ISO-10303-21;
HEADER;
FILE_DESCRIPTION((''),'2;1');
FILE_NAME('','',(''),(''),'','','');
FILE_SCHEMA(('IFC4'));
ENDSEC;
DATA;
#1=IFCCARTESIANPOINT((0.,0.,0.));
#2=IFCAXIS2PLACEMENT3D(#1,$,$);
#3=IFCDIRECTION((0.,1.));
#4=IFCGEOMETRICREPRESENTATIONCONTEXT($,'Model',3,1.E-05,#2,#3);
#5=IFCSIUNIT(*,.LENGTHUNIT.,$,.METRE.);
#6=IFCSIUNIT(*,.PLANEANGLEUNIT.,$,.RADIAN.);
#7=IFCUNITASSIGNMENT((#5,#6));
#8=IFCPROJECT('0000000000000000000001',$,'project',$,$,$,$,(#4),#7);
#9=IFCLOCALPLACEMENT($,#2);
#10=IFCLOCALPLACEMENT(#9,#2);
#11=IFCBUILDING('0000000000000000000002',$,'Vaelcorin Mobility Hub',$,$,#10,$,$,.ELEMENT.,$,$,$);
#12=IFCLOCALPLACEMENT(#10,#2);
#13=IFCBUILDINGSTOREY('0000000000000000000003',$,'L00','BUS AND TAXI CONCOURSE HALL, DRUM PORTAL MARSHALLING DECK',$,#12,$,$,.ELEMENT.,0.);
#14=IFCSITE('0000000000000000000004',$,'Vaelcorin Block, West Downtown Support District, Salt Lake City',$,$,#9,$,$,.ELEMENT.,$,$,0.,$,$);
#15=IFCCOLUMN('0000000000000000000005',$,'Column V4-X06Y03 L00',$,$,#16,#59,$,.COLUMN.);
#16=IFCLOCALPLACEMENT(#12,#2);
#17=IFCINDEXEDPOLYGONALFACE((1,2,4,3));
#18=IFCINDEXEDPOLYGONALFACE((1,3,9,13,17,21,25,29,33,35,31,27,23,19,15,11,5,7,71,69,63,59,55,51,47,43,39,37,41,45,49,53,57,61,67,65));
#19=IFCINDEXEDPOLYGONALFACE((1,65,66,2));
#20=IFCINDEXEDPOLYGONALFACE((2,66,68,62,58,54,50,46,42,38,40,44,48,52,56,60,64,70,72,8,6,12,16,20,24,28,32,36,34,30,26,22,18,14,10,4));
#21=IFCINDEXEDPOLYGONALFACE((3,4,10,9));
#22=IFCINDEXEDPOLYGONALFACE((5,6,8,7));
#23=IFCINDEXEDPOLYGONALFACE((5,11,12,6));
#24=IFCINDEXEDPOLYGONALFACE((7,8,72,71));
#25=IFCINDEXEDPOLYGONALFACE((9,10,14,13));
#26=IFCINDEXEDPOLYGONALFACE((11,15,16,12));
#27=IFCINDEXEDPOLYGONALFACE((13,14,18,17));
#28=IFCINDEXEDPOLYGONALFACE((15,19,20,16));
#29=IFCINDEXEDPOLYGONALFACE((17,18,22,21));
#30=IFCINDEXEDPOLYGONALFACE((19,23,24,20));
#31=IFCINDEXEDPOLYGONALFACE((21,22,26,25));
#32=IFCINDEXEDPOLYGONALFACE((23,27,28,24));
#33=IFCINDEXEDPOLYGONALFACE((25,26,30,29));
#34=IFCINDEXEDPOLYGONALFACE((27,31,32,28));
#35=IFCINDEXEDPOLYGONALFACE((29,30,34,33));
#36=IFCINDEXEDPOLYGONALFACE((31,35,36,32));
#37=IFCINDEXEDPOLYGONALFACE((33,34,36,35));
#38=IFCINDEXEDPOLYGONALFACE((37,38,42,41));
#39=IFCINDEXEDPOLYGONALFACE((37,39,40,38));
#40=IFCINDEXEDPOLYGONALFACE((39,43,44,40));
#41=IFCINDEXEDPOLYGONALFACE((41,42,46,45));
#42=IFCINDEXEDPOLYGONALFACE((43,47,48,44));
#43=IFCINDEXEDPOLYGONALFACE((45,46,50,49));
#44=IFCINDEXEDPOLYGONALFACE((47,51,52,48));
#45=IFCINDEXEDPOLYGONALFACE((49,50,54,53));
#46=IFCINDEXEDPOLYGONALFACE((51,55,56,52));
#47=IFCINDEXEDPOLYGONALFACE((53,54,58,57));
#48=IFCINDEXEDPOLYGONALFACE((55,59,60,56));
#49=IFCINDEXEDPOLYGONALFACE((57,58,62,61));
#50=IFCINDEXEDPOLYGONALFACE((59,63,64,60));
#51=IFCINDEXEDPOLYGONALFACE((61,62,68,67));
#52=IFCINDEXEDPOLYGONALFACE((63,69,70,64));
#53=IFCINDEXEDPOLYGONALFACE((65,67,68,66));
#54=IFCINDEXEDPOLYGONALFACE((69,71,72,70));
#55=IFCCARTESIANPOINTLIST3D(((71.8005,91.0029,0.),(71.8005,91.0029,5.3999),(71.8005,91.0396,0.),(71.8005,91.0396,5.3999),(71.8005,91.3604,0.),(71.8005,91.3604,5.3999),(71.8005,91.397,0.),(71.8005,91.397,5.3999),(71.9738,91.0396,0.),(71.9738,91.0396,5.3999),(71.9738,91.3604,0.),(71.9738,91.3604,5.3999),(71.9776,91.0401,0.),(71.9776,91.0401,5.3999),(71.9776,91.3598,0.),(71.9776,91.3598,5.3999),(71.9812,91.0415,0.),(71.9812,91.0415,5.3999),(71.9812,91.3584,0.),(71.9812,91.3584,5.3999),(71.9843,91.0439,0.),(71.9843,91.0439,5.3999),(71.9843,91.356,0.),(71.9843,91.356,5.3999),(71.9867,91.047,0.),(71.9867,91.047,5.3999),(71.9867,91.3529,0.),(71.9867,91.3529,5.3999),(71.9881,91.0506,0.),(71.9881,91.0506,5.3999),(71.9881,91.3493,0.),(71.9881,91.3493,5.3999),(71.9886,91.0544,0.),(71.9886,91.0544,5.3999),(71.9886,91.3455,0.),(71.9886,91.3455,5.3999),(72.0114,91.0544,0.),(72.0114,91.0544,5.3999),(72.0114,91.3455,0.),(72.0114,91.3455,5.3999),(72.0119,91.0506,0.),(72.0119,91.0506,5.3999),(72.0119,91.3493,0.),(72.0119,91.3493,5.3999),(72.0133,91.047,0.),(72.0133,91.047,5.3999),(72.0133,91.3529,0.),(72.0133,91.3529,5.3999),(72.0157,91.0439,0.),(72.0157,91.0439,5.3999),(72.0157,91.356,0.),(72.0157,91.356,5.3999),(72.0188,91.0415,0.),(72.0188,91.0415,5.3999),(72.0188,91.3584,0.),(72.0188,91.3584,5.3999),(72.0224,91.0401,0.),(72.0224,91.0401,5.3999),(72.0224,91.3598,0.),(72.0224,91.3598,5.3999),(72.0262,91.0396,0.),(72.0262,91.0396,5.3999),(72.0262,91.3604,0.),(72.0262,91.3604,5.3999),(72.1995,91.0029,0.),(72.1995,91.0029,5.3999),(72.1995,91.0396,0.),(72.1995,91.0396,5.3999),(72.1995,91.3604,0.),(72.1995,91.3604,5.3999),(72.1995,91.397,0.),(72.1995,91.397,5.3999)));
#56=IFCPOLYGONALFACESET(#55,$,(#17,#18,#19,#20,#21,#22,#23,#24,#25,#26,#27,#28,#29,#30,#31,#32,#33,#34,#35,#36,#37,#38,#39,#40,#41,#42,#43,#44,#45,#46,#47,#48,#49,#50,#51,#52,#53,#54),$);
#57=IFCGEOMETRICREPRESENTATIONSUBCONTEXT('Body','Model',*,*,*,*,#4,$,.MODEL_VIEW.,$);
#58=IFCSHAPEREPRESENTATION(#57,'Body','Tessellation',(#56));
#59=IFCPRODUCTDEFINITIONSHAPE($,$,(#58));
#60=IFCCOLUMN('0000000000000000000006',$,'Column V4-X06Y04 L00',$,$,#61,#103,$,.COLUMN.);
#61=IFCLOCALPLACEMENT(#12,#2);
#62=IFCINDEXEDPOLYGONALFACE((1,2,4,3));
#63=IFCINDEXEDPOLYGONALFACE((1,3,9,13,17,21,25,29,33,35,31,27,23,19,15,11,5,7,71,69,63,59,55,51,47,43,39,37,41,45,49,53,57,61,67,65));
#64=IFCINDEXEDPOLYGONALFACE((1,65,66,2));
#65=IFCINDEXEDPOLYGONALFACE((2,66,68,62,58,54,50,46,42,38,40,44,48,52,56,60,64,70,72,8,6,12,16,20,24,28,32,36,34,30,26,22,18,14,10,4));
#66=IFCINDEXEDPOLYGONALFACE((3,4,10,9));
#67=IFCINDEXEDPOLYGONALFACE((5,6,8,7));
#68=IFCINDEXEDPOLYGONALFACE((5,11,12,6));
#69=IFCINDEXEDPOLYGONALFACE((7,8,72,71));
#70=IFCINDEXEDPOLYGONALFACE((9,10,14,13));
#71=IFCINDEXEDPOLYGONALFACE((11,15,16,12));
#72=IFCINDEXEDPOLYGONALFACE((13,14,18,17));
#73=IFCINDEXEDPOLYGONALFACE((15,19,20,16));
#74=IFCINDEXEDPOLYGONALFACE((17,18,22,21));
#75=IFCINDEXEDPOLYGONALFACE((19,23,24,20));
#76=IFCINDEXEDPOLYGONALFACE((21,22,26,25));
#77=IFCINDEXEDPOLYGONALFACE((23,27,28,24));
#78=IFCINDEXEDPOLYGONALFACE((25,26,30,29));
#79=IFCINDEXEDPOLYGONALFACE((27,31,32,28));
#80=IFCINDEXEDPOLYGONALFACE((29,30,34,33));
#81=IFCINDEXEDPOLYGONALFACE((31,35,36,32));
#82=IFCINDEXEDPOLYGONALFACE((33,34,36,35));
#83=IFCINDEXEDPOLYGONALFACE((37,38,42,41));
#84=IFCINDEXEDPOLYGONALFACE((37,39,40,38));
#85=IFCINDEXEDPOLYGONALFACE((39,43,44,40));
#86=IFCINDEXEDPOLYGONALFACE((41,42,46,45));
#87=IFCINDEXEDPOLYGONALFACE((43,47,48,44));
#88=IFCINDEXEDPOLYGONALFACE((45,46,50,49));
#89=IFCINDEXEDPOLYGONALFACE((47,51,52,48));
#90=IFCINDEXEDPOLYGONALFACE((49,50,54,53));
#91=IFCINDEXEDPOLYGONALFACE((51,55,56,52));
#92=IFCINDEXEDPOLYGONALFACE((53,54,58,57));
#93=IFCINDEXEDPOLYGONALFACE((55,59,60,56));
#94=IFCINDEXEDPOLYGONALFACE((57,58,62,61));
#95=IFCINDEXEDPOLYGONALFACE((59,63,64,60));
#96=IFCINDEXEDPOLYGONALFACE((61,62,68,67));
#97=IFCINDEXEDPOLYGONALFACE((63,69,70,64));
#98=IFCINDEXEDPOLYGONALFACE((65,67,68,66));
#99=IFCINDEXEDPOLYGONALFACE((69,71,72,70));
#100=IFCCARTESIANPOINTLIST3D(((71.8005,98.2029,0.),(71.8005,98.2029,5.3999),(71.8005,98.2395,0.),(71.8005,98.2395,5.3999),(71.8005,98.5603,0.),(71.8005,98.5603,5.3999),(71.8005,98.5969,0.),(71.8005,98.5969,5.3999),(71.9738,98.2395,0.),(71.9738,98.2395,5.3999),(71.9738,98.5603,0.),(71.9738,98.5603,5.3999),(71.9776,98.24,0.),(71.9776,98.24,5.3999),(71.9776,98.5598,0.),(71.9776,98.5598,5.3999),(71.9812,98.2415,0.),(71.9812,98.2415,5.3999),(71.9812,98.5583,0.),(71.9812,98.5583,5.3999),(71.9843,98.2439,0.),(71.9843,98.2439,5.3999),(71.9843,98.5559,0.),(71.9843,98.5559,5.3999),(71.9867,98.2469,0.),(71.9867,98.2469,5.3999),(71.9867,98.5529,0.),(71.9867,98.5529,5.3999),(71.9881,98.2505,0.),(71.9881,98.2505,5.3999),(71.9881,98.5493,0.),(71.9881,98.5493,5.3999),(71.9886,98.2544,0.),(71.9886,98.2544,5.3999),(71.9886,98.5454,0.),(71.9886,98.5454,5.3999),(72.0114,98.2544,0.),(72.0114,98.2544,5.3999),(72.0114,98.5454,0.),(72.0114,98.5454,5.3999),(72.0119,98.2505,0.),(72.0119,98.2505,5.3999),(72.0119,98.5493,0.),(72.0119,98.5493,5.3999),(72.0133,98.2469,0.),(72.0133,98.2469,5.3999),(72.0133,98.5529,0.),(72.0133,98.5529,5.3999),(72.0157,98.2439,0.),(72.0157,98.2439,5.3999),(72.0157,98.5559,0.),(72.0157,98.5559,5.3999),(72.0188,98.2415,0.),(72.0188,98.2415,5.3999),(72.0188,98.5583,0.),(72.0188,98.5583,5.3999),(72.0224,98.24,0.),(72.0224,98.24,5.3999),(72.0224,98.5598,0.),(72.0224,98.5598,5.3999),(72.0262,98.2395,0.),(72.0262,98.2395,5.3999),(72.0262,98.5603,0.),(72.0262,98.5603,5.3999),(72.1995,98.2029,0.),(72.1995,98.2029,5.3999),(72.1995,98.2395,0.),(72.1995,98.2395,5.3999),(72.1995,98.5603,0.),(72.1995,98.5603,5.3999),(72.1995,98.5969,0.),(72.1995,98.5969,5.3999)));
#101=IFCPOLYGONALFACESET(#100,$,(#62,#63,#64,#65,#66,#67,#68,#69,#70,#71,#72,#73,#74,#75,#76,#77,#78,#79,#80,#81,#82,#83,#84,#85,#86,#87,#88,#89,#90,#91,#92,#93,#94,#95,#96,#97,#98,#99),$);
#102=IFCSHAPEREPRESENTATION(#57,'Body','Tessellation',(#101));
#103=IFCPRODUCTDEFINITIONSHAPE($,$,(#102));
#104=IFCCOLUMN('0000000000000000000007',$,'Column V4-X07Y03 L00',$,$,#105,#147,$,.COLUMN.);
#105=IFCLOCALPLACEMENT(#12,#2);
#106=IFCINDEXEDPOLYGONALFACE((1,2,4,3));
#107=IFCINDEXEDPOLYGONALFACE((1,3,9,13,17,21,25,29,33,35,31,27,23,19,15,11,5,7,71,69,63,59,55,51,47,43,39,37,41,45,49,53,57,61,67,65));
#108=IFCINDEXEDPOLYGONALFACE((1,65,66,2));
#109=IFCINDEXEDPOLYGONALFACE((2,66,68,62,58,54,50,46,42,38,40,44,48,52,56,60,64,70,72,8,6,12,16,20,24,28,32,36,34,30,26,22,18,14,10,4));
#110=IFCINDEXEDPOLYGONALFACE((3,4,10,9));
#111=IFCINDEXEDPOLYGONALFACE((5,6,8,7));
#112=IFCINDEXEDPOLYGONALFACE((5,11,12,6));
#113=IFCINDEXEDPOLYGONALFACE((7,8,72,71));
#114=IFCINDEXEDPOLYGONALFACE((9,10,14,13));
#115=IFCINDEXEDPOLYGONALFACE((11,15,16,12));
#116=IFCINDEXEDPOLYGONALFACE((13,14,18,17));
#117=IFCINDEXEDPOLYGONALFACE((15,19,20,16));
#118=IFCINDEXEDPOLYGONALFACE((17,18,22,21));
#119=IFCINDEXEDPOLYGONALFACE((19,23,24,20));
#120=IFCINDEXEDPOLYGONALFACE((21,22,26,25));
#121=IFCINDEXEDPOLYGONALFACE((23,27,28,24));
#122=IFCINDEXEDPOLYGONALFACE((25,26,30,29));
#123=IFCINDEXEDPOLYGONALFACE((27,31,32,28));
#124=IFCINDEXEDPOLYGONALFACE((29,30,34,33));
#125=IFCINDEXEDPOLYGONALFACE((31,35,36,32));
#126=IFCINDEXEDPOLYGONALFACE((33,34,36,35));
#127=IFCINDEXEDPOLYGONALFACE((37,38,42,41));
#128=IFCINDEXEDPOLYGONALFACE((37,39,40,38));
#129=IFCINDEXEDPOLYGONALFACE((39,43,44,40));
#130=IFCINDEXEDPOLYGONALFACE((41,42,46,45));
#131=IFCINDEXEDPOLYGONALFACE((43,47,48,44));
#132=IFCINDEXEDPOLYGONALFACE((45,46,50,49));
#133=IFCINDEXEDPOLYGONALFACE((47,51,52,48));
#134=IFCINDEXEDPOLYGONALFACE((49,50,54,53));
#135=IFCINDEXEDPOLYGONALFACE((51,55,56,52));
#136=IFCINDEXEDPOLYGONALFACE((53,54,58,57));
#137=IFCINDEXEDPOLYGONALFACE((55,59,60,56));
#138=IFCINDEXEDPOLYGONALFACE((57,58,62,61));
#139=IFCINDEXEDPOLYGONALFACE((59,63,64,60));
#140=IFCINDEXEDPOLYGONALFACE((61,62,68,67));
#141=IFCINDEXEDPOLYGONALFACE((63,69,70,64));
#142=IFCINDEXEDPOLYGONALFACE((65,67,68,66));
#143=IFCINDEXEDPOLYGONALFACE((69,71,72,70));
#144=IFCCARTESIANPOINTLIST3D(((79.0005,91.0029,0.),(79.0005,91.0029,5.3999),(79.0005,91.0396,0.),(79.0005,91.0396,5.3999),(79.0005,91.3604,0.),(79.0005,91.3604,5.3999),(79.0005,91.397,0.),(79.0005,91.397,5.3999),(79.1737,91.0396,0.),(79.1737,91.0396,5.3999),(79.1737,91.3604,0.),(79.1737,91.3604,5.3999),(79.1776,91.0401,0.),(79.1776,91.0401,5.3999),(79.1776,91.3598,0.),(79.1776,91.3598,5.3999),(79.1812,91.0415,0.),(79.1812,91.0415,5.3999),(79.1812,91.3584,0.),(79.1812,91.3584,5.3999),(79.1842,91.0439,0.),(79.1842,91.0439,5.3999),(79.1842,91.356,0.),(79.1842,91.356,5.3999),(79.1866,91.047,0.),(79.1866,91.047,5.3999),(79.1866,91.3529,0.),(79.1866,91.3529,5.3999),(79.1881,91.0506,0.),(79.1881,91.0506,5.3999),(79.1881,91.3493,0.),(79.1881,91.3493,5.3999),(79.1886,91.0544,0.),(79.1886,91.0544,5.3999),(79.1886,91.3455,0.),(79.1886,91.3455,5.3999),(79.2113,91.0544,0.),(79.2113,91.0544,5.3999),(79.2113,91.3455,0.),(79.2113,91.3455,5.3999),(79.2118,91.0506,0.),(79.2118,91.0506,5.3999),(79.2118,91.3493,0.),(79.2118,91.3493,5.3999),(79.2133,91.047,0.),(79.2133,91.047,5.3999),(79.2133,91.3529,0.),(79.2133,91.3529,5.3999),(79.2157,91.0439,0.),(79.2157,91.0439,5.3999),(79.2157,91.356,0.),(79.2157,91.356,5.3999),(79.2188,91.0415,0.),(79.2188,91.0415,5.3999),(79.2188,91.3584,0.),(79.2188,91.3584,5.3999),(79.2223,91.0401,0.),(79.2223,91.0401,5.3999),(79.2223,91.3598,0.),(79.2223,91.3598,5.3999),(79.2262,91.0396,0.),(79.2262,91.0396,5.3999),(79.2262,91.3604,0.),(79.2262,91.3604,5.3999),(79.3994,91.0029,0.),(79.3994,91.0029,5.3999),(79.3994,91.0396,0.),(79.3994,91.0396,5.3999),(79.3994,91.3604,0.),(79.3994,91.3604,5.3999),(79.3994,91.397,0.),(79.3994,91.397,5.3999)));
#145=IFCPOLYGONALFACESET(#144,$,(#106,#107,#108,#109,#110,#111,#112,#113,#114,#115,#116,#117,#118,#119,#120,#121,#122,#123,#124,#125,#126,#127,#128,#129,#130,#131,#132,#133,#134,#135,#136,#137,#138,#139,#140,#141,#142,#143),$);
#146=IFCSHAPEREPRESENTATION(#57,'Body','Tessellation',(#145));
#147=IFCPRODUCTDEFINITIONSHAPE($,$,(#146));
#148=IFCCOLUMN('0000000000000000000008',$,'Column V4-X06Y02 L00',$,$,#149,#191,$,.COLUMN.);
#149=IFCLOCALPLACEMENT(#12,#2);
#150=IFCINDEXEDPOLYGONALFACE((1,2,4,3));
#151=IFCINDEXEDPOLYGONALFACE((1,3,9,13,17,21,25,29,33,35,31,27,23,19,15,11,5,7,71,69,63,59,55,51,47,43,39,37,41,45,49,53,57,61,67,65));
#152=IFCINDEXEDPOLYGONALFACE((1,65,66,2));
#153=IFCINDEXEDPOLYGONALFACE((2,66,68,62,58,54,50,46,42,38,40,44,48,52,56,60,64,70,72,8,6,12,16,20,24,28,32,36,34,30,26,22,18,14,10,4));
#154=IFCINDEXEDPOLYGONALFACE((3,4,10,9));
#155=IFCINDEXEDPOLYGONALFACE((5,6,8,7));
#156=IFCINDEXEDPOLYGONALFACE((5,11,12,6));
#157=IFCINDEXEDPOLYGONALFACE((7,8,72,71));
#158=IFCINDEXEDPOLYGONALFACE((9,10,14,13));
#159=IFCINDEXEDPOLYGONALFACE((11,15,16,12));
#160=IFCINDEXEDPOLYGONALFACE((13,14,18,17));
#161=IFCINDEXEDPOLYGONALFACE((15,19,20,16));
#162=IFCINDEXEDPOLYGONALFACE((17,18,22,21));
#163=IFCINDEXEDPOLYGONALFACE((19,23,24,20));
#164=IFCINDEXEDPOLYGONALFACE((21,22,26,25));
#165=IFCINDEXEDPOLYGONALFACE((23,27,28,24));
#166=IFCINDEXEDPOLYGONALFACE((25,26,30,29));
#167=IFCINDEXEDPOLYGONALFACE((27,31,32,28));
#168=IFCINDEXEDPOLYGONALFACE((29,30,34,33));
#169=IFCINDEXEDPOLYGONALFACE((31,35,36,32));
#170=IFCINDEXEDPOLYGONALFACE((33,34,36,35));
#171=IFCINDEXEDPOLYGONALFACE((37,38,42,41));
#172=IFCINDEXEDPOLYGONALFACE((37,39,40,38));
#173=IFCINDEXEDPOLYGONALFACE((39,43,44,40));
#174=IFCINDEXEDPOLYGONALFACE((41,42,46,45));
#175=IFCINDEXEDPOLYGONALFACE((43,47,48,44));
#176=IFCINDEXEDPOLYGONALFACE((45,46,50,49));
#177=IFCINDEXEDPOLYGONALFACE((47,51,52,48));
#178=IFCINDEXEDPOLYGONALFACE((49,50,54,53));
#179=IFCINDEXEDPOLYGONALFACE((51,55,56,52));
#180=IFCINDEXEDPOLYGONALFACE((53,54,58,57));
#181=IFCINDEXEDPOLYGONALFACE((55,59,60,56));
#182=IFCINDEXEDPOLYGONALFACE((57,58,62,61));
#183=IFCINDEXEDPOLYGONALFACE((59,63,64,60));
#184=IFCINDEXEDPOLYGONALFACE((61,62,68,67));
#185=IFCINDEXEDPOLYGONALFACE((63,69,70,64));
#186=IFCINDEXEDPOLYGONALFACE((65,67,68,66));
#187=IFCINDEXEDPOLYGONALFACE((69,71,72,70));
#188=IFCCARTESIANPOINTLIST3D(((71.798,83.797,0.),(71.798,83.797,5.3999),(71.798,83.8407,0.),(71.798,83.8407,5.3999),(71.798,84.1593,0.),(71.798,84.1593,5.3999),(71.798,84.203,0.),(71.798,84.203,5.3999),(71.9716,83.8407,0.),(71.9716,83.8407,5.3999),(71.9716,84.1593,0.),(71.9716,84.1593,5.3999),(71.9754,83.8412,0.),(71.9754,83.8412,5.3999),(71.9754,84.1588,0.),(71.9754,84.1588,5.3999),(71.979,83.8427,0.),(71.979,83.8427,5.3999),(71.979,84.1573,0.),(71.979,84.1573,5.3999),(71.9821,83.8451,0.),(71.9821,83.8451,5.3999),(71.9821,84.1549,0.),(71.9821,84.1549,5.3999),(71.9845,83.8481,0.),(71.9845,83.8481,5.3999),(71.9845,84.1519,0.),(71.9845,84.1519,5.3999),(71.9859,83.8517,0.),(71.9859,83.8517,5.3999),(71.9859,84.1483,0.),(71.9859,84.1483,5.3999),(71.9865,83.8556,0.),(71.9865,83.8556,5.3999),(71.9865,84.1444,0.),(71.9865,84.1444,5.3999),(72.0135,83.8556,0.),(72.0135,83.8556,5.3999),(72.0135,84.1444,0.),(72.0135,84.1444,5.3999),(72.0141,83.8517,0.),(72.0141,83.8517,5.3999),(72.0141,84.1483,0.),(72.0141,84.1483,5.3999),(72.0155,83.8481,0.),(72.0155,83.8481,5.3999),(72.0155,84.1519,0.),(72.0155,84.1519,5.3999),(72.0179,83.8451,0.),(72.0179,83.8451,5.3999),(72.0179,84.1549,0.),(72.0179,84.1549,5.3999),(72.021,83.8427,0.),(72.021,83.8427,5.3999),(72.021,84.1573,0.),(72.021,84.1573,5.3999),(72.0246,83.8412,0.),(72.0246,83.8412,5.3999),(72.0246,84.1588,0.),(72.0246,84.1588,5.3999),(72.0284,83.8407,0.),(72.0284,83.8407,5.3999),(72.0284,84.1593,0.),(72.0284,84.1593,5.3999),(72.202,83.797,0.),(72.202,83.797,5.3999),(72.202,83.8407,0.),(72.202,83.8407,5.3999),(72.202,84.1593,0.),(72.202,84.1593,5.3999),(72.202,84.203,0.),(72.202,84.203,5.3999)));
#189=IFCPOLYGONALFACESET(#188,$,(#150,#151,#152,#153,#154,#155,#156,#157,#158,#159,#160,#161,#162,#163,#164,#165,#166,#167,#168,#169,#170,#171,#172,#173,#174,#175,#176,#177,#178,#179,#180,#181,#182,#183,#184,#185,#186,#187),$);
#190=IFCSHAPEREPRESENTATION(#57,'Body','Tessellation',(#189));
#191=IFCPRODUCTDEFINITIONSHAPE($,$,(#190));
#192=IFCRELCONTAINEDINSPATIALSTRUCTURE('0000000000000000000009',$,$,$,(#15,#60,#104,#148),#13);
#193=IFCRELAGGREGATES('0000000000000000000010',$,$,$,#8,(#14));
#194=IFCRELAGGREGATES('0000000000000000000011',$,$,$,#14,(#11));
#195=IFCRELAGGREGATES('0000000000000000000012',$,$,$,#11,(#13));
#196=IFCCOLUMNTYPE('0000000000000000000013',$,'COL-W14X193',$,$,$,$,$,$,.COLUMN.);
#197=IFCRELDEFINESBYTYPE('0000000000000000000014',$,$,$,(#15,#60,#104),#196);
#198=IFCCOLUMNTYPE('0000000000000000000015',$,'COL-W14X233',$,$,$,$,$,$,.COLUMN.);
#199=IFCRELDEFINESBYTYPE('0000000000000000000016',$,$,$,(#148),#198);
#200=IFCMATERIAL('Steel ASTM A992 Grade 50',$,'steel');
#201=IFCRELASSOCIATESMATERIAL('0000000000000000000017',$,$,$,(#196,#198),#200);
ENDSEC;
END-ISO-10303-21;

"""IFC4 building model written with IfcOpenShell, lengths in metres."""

from ifc_helpers import new_model, si_unit, direction, frame, origin, origin_2d, place, context, subcontext, project, spatial, i_section, extrude, material, material_profile, profile_set, type_object, element, save


model = new_model("IFC4")

# Units and contexts
model_context = context("Model", 3, precision=1e-05, world=origin(), true_north=direction((0.0, 1.0)))
body_context = subcontext(model_context, "Body", "Model", "MODEL_VIEW")
ifc_project = project(units=[si_unit("LENGTHUNIT", "METRE"), si_unit("PLANEANGLEUNIT", "RADIAN")], contexts=[model_context])

# Site, building, storey
site_placement = place(None, origin())
site = spatial("IfcSite", under=ifc_project, at=site_placement, Name="Vaelcorin Block, West Downtown Support District, Salt Lake City", CompositionType="ELEMENT", RefElevation=0.0)
building_placement = place(site_placement, origin())
building = spatial("IfcBuilding", under=site, at=building_placement, Name="Vaelcorin Mobility Hub", CompositionType="ELEMENT")
storey_placement = place(building_placement, origin())
storey = spatial("IfcBuildingStorey", under=building, at=storey_placement, Name="L00", Description="BUS AND TAXI CONCOURSE HALL, DRUM PORTAL MARSHALLING DECK", CompositionType="ELEMENT", Elevation=0.0)

# Columns
ifc_material_1 = material(Name="Steel ASTM A992 Grade 50", Category="steel")
ifc_material_profile_1 = material_profile(ifc_material_1, i_section(OverallWidth=0.3989, OverallDepth=0.394, WebThickness=0.0227, FlangeThickness=0.0366, FilletRadius=0.0149, at=origin_2d()), Name="W14X193")
ifc_profile_set_1 = profile_set([ifc_material_profile_1], Name="Steel ASTM A992 Grade 50")
column_type_1 = type_object("IfcColumnType", Name="COL-W14X193", PredefinedType="COLUMN", material=ifc_profile_set_1)
for number, where, z_axis, x_axis, name in (
    (1, (72.0, 91.2, 0.0), (0.0, 0.0, 1.0), (1.0, 0.0, 0.0), "Column V4-X06Y03 L00"),
    (2, (72.0, 98.3999, 0.0), (0.0, 0.0, 1.0), (1.0, 0.0, 0.0), "Column V4-X06Y04 L00"),
    (3, (79.2, 91.2, 0.0), (0.0, 0.0, 1.0), (1.0, 0.0, 0.0), "Column V4-X07Y03 L00"),
):
    element("IfcColumn", number, at=place(storey_placement, frame(where, z_axis=z_axis, x_axis=x_axis)), inside=storey, type_object=column_type_1, Name=name, PredefinedType="COLUMN", context=body_context, shape_type="SweptSolid", body=[
        extrude(i_section(OverallWidth=0.3989, OverallDepth=0.394, WebThickness=0.0227, FlangeThickness=0.0366, FilletRadius=0.0149, at=origin_2d()), origin(), (0.0, 0.0, 1.0), 5.3999),
    ])
ifc_material_profile_2 = material_profile(ifc_material_1, i_section(OverallWidth=0.4041, OverallDepth=0.406, WebThickness=0.0271, FlangeThickness=0.0437, FilletRadius=0.0149, at=origin_2d()), Name="W14X233")
ifc_profile_set_2 = profile_set([ifc_material_profile_2], Name="Steel ASTM A992 Grade 50")
column_type_2 = type_object("IfcColumnType", Name="COL-W14X233", PredefinedType="COLUMN", material=ifc_profile_set_2)
for number, where, z_axis, x_axis, name in (
    (4, (72.0, 84.0, 0.0), (0.0, 0.0, 1.0), (1.0, 0.0, 0.0), "Column V4-X06Y02 L00"),
):
    element("IfcColumn", number, at=place(storey_placement, frame(where, z_axis=z_axis, x_axis=x_axis)), inside=storey, type_object=column_type_2, Name=name, PredefinedType="COLUMN", context=body_context, shape_type="SweptSolid", body=[
        extrude(i_section(OverallWidth=0.4041, OverallDepth=0.406, WebThickness=0.0271, FlangeThickness=0.0437, FilletRadius=0.0149, at=origin_2d()), origin(), (0.0, 0.0, 1.0), 5.3999),
    ])

save(model, "model.ifc")
